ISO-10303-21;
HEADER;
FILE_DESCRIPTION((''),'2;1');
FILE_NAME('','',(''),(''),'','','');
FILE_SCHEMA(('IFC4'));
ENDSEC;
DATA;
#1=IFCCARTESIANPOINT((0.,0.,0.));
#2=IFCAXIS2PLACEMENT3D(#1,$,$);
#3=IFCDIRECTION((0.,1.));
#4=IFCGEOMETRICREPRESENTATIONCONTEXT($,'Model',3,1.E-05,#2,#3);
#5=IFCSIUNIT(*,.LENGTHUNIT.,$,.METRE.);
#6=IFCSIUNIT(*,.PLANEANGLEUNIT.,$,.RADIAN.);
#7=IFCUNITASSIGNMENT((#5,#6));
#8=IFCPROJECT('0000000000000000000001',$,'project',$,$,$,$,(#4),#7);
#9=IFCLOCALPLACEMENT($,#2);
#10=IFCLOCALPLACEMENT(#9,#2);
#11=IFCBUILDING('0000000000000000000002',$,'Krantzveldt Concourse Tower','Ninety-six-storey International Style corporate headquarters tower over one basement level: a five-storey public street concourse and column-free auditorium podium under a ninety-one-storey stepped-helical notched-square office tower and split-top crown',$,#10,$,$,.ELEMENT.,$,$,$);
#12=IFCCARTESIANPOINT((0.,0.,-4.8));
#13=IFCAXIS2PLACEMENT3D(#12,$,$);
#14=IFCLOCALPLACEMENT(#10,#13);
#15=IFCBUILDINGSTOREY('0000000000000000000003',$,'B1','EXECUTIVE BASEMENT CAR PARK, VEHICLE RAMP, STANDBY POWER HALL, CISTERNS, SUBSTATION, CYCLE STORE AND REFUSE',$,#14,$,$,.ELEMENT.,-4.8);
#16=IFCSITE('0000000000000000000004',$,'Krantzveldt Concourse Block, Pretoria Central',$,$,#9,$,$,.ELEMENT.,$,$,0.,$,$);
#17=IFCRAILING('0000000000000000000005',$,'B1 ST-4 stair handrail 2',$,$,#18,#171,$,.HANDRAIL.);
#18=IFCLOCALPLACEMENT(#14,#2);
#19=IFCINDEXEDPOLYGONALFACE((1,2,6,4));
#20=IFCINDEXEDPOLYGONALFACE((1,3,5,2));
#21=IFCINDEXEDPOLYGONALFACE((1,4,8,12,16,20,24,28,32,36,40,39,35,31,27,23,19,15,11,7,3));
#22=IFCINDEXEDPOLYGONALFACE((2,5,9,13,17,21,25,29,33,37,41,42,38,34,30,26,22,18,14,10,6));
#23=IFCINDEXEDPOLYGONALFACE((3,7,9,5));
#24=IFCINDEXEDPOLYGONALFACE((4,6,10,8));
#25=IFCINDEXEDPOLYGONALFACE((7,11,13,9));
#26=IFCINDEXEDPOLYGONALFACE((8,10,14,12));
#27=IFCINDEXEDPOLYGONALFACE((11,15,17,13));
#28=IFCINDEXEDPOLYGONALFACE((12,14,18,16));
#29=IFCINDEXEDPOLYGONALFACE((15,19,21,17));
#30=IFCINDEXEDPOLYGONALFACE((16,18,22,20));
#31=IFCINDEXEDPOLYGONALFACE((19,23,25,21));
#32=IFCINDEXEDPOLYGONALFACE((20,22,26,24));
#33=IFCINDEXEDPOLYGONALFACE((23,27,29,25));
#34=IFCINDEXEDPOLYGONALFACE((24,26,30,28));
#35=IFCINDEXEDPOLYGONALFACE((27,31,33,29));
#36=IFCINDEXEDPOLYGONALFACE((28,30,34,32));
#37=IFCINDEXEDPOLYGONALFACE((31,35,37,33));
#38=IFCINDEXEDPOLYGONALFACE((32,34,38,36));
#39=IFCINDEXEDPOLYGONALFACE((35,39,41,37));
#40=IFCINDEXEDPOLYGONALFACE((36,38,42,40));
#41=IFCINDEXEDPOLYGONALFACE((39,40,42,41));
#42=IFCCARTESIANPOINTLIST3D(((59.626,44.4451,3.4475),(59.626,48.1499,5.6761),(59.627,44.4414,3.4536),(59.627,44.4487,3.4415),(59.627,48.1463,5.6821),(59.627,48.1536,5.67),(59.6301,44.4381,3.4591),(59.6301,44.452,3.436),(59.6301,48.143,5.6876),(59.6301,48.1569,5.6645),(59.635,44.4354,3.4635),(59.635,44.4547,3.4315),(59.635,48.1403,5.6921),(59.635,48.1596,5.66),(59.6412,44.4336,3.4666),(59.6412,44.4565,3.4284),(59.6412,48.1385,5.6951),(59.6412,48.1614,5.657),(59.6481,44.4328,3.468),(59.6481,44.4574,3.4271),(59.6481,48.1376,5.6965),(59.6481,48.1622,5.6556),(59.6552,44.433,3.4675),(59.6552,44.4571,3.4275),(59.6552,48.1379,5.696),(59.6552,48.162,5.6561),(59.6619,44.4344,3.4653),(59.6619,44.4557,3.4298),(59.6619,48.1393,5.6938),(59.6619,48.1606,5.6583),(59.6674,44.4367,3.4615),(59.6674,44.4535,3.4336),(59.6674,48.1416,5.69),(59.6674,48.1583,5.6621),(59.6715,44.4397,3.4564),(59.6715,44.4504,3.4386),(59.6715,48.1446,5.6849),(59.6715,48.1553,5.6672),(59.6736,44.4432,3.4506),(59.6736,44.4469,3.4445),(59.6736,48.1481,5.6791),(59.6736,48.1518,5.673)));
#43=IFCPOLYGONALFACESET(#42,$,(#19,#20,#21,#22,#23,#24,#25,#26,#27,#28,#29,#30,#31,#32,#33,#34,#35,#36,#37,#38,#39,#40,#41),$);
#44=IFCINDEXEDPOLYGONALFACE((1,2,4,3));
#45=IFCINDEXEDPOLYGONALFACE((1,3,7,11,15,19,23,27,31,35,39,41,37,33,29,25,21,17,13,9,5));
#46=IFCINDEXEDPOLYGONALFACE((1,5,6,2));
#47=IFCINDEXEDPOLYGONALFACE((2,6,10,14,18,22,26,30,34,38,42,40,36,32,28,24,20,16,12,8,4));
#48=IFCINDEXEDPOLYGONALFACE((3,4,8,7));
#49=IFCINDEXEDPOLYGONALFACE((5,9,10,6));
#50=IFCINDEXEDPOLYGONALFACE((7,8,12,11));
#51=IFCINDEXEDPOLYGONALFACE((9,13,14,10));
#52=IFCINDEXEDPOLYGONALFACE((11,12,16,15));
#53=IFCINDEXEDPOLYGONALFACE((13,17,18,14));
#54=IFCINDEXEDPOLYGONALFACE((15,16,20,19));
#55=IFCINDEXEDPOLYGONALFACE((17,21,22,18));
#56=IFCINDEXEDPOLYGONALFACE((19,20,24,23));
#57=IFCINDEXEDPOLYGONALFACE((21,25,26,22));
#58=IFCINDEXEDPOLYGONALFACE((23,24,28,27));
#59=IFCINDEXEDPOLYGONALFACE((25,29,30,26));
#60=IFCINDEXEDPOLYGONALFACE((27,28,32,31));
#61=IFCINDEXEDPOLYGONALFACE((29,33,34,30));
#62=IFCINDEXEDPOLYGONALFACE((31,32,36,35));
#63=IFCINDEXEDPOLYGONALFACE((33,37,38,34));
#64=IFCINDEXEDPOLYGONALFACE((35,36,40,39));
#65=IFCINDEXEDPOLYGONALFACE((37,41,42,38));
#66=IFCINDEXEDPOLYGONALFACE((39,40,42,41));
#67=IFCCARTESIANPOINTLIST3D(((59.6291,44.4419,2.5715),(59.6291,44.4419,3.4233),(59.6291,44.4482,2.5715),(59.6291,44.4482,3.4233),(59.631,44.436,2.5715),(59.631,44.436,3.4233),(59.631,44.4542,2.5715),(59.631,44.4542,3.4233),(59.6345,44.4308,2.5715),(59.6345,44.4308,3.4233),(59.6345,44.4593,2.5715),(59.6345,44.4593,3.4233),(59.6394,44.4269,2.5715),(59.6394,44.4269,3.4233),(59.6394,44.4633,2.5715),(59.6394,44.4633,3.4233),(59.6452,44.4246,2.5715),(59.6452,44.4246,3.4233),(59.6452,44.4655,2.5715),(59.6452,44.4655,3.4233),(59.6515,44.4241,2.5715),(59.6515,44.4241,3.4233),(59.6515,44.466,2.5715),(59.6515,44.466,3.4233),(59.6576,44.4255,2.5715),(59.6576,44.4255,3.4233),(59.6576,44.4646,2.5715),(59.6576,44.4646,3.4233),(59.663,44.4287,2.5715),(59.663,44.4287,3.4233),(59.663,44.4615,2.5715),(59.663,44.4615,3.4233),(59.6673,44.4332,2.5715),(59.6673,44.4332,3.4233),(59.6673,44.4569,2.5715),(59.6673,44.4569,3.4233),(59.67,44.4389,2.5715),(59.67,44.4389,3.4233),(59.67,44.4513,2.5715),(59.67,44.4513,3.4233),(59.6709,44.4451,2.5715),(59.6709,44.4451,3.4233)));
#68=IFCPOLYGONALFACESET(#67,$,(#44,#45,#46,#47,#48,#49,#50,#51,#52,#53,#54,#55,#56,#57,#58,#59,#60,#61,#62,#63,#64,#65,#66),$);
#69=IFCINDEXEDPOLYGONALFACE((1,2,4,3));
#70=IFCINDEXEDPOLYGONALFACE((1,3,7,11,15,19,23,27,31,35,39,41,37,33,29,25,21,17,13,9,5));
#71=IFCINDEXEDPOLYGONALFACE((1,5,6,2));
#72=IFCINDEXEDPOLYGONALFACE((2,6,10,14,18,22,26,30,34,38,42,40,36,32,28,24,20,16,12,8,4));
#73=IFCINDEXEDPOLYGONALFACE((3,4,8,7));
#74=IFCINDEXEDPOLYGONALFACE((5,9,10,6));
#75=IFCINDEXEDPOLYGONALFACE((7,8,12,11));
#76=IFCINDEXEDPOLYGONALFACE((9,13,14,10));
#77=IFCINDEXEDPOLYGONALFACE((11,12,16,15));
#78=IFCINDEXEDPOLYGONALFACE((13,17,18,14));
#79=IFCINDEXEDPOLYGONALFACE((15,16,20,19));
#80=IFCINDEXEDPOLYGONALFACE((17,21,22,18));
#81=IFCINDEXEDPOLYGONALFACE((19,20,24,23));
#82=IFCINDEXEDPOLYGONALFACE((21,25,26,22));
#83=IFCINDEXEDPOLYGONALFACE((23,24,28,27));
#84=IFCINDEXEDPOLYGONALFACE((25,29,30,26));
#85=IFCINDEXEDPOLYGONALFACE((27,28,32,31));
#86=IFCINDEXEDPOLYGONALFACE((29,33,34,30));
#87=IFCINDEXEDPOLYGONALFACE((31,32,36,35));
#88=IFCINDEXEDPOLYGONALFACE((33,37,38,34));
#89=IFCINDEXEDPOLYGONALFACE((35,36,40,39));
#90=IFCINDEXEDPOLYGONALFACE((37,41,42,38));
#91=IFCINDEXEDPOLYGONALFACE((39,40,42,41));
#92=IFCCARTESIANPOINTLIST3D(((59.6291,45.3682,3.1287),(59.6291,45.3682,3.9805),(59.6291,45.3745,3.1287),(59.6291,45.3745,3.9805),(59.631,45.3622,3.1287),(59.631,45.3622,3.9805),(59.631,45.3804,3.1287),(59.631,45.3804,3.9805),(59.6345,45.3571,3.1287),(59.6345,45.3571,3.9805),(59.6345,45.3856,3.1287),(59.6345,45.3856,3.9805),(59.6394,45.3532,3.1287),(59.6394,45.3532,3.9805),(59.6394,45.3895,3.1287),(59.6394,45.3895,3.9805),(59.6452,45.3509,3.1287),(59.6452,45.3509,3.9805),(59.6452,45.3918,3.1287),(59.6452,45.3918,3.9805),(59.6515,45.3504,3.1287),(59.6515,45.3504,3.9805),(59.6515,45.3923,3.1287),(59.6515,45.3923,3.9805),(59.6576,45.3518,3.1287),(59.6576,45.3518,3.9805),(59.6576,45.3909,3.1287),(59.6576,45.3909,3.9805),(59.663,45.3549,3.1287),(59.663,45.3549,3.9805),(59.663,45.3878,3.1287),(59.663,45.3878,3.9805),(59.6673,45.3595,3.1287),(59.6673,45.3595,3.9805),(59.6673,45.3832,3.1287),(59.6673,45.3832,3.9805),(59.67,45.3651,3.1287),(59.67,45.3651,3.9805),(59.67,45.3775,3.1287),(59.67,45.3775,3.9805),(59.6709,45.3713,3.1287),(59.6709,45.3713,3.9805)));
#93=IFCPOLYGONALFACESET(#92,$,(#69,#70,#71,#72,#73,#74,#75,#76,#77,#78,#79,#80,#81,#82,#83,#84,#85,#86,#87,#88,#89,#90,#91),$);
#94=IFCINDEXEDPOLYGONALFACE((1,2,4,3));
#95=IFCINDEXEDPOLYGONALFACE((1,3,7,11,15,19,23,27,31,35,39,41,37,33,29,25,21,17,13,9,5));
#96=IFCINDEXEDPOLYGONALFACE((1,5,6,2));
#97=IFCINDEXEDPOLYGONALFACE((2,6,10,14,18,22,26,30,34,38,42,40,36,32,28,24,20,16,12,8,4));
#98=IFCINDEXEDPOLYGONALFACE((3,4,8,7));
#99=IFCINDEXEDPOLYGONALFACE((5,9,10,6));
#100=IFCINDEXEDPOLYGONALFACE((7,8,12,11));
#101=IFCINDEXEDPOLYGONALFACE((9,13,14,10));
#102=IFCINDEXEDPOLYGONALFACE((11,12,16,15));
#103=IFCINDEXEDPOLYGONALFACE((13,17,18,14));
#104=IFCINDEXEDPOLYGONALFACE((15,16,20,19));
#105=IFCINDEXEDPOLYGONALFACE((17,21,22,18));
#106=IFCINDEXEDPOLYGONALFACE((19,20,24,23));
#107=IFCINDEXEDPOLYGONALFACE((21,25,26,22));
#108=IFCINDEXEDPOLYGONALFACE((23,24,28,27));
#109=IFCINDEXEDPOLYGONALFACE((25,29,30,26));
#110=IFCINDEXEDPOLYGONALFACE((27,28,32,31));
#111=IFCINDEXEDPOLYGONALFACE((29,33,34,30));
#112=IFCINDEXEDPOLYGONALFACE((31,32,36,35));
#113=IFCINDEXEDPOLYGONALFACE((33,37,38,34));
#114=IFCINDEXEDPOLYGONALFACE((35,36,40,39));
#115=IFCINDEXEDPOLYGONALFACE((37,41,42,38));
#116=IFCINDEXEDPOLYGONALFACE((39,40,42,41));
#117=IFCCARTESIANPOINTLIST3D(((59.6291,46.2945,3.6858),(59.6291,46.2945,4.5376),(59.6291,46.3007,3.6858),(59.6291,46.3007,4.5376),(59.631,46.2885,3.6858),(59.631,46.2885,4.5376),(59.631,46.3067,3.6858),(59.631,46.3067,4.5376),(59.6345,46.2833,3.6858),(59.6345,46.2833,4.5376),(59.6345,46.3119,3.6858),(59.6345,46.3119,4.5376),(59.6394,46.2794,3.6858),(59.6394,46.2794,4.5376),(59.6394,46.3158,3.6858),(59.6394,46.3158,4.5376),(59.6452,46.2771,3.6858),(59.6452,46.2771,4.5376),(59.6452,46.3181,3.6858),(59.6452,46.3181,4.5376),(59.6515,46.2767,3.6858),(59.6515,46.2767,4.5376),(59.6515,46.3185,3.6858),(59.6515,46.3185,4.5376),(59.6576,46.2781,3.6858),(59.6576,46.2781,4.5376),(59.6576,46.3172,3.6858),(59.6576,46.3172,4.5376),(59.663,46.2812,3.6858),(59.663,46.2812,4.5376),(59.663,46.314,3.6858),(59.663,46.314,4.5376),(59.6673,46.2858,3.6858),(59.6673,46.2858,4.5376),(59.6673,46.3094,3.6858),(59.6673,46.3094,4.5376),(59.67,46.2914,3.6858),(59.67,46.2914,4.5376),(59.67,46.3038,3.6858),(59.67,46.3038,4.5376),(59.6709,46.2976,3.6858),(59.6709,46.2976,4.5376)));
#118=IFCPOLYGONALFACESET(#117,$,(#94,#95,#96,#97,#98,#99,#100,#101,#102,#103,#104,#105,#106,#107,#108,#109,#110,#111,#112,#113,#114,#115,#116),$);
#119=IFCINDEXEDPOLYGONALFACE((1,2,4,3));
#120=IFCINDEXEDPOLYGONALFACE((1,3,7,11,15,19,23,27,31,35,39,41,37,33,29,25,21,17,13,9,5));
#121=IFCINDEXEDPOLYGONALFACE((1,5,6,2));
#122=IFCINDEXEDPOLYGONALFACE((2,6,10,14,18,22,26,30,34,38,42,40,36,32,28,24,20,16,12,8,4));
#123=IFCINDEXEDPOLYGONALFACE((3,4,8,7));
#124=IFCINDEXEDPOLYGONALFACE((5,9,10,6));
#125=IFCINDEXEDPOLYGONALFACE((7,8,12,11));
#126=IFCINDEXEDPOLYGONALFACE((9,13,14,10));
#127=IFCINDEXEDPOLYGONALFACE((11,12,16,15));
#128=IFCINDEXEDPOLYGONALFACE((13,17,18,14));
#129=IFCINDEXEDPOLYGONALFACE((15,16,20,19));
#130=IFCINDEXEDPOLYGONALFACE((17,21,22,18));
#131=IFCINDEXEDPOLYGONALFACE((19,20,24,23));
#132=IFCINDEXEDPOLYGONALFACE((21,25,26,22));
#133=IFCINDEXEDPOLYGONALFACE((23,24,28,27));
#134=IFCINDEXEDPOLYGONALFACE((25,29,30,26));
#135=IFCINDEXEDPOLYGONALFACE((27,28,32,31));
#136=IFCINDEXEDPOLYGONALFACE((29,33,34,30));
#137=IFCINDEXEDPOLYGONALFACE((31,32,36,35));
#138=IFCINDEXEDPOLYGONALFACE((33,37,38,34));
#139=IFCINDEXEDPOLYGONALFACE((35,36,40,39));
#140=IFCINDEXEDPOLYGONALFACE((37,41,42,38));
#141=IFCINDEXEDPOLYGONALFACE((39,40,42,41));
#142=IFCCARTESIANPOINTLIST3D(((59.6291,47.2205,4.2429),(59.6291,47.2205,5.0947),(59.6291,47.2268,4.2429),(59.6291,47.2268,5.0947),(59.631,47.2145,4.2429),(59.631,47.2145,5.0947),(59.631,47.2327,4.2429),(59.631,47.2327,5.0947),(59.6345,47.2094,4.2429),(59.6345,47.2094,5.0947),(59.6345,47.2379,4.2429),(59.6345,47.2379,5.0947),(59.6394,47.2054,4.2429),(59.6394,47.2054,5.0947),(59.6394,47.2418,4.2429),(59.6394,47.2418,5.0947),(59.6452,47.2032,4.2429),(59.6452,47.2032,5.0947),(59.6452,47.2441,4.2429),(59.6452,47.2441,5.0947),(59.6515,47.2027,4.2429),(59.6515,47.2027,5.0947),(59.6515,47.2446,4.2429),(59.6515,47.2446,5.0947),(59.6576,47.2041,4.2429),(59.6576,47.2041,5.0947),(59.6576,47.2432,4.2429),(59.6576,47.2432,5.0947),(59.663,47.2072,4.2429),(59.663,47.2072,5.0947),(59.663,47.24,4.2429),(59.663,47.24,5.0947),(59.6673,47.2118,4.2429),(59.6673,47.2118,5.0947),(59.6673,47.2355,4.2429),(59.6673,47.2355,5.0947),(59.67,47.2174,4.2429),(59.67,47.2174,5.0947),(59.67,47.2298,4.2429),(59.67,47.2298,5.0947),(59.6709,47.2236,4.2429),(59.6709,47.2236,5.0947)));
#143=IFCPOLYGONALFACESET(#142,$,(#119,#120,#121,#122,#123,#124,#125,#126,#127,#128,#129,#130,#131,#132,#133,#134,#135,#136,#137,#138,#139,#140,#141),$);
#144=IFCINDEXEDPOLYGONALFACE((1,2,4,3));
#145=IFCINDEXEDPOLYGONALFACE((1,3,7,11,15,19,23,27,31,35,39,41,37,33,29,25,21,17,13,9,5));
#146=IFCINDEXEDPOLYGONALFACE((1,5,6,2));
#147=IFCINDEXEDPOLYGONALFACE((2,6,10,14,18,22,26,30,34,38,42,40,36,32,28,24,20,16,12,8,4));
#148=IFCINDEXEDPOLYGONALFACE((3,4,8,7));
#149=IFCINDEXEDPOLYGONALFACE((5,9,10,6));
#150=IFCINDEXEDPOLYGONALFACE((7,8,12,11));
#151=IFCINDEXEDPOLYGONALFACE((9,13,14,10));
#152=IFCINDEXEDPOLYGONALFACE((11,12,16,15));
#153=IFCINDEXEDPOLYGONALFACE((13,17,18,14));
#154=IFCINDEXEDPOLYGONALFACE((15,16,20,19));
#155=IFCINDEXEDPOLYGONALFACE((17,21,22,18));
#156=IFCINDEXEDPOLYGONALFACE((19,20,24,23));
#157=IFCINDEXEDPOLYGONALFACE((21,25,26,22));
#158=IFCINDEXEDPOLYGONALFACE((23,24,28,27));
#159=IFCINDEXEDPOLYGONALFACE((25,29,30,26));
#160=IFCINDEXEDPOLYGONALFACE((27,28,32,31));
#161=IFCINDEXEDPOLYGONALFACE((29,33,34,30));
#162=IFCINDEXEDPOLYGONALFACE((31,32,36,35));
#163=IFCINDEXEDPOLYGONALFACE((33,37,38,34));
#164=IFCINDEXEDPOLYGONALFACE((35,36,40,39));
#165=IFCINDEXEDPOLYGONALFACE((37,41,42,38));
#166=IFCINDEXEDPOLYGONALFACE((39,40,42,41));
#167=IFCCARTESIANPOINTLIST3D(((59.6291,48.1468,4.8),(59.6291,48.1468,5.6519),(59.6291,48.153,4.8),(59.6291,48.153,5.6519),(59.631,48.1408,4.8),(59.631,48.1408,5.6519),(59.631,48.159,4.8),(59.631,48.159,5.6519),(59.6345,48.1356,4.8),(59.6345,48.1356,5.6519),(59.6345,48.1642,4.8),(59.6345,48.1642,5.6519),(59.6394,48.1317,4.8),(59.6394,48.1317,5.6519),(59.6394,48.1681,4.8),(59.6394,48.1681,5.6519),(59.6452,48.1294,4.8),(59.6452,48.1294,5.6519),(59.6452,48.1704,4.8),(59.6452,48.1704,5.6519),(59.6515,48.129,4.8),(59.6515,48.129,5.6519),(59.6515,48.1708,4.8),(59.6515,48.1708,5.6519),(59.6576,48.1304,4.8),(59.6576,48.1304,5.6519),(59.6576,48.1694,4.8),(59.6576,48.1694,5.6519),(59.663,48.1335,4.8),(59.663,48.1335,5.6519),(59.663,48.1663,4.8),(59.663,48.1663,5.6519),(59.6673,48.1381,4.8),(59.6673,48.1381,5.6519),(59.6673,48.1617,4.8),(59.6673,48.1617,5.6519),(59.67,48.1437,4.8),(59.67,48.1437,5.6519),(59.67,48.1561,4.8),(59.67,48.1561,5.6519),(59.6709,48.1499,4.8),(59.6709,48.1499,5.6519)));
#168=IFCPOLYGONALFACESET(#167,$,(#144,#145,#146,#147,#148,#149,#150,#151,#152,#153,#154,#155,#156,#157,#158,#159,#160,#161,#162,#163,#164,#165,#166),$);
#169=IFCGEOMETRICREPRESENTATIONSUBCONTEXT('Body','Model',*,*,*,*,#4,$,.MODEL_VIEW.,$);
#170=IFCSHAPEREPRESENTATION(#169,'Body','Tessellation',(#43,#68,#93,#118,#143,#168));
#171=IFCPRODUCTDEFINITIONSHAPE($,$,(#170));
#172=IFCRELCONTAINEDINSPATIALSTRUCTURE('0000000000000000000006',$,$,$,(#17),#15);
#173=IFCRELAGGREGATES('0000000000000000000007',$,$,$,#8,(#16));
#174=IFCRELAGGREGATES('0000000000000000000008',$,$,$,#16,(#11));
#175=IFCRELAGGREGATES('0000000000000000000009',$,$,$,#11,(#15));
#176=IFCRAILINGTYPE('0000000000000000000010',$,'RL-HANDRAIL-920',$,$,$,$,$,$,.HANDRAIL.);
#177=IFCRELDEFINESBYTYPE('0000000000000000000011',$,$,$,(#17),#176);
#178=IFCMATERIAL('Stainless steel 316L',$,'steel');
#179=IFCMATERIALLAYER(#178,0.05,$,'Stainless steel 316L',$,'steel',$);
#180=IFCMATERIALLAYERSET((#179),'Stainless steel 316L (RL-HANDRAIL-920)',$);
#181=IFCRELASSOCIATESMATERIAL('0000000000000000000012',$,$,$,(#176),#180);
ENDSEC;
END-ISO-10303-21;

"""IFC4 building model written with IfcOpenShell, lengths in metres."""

from ifc_helpers import new_model, si_unit, direction, frame, origin, origin_2d, place, context, subcontext, project, spatial, circle, extrude, material, layer, layer_set, type_object, element, save


model = new_model("IFC4")

# Units and contexts
model_context = context("Model", 3, precision=1e-05, world=origin(), true_north=direction((0.0, 1.0)))
body_context = subcontext(model_context, "Body", "Model", "MODEL_VIEW")
ifc_project = project(units=[si_unit("LENGTHUNIT", "METRE"), si_unit("PLANEANGLEUNIT", "RADIAN")], contexts=[model_context])

# Site, building, storey
site_placement = place(None, origin())
site = spatial("IfcSite", under=ifc_project, at=site_placement, Name="Krantzveldt Concourse Block, Pretoria Central", CompositionType="ELEMENT", RefElevation=0.0)
building_placement = place(site_placement, origin())
building = spatial("IfcBuilding", under=site, at=building_placement, Name="Krantzveldt Concourse Tower", Description="Ninety-six-storey International Style corporate headquarters tower over one basement level: a five-storey public street concourse and column-free auditorium podium under a ninety-one-storey stepped-helical notched-square office tower and split-top crown", CompositionType="ELEMENT")
storey_placement = place(building_placement, frame((0.0, 0.0, -4.8)))
storey = spatial("IfcBuildingStorey", under=building, at=storey_placement, Name="B1", Description="EXECUTIVE BASEMENT CAR PARK, VEHICLE RAMP, STANDBY POWER HALL, CISTERNS, SUBSTATION, CYCLE STORE AND REFUSE", CompositionType="ELEMENT", Elevation=-4.8)

# Railing
ifc_material_1 = material(Name="Stainless steel 316L", Category="steel")
ifc_layer_1 = layer(ifc_material_1, 0.05, Name="Stainless steel 316L", Category="steel")
ifc_layer_set_1 = layer_set([ifc_layer_1], Name="Stainless steel 316L (RL-HANDRAIL-920)")
railing_type_1 = type_object("IfcRailingType", Name="RL-HANDRAIL-920", PredefinedType="HANDRAIL", material=ifc_layer_set_1)
railing_1_placement = place(storey_placement, frame((59.6499, 44.4451, 2.5715)))
element("IfcRailing", 1, at=railing_1_placement, inside=storey, type_object=railing_type_1, Name="B1 ST-4 stair handrail 2", PredefinedType="HANDRAIL", context=body_context, shape_type="SweptSolid", body=[
    extrude(circle(Radius=0.0239, at=origin_2d()), frame((0.0, 0.0, 0.876), z_axis=(0.0, 0.856919, 0.51545), x_axis=(-1.0, 0.0, 0.0)), (0.0, 0.0, 1.0), 4.3235),
    extrude(circle(Radius=0.021, at=origin_2d()), origin(), (0.0, 0.0, 1.0), 0.8518),
    extrude(circle(Radius=0.021, at=origin_2d()), frame((0.0, 0.9263, 0.5571)), (0.0, 0.0, 1.0), 0.8518),
    extrude(circle(Radius=0.021, at=origin_2d()), frame((0.0, 1.8525, 1.1143)), (0.0, 0.0, 1.0), 0.8518),
    extrude(circle(Radius=0.021, at=origin_2d()), frame((0.0, 2.7786, 1.6714)), (0.0, 0.0, 1.0), 0.8518),
    extrude(circle(Radius=0.021, at=origin_2d()), frame((0.0, 3.7048, 2.2285)), (0.0, 0.0, 1.0), 0.8518),
])

save(model, "model.ifc")
